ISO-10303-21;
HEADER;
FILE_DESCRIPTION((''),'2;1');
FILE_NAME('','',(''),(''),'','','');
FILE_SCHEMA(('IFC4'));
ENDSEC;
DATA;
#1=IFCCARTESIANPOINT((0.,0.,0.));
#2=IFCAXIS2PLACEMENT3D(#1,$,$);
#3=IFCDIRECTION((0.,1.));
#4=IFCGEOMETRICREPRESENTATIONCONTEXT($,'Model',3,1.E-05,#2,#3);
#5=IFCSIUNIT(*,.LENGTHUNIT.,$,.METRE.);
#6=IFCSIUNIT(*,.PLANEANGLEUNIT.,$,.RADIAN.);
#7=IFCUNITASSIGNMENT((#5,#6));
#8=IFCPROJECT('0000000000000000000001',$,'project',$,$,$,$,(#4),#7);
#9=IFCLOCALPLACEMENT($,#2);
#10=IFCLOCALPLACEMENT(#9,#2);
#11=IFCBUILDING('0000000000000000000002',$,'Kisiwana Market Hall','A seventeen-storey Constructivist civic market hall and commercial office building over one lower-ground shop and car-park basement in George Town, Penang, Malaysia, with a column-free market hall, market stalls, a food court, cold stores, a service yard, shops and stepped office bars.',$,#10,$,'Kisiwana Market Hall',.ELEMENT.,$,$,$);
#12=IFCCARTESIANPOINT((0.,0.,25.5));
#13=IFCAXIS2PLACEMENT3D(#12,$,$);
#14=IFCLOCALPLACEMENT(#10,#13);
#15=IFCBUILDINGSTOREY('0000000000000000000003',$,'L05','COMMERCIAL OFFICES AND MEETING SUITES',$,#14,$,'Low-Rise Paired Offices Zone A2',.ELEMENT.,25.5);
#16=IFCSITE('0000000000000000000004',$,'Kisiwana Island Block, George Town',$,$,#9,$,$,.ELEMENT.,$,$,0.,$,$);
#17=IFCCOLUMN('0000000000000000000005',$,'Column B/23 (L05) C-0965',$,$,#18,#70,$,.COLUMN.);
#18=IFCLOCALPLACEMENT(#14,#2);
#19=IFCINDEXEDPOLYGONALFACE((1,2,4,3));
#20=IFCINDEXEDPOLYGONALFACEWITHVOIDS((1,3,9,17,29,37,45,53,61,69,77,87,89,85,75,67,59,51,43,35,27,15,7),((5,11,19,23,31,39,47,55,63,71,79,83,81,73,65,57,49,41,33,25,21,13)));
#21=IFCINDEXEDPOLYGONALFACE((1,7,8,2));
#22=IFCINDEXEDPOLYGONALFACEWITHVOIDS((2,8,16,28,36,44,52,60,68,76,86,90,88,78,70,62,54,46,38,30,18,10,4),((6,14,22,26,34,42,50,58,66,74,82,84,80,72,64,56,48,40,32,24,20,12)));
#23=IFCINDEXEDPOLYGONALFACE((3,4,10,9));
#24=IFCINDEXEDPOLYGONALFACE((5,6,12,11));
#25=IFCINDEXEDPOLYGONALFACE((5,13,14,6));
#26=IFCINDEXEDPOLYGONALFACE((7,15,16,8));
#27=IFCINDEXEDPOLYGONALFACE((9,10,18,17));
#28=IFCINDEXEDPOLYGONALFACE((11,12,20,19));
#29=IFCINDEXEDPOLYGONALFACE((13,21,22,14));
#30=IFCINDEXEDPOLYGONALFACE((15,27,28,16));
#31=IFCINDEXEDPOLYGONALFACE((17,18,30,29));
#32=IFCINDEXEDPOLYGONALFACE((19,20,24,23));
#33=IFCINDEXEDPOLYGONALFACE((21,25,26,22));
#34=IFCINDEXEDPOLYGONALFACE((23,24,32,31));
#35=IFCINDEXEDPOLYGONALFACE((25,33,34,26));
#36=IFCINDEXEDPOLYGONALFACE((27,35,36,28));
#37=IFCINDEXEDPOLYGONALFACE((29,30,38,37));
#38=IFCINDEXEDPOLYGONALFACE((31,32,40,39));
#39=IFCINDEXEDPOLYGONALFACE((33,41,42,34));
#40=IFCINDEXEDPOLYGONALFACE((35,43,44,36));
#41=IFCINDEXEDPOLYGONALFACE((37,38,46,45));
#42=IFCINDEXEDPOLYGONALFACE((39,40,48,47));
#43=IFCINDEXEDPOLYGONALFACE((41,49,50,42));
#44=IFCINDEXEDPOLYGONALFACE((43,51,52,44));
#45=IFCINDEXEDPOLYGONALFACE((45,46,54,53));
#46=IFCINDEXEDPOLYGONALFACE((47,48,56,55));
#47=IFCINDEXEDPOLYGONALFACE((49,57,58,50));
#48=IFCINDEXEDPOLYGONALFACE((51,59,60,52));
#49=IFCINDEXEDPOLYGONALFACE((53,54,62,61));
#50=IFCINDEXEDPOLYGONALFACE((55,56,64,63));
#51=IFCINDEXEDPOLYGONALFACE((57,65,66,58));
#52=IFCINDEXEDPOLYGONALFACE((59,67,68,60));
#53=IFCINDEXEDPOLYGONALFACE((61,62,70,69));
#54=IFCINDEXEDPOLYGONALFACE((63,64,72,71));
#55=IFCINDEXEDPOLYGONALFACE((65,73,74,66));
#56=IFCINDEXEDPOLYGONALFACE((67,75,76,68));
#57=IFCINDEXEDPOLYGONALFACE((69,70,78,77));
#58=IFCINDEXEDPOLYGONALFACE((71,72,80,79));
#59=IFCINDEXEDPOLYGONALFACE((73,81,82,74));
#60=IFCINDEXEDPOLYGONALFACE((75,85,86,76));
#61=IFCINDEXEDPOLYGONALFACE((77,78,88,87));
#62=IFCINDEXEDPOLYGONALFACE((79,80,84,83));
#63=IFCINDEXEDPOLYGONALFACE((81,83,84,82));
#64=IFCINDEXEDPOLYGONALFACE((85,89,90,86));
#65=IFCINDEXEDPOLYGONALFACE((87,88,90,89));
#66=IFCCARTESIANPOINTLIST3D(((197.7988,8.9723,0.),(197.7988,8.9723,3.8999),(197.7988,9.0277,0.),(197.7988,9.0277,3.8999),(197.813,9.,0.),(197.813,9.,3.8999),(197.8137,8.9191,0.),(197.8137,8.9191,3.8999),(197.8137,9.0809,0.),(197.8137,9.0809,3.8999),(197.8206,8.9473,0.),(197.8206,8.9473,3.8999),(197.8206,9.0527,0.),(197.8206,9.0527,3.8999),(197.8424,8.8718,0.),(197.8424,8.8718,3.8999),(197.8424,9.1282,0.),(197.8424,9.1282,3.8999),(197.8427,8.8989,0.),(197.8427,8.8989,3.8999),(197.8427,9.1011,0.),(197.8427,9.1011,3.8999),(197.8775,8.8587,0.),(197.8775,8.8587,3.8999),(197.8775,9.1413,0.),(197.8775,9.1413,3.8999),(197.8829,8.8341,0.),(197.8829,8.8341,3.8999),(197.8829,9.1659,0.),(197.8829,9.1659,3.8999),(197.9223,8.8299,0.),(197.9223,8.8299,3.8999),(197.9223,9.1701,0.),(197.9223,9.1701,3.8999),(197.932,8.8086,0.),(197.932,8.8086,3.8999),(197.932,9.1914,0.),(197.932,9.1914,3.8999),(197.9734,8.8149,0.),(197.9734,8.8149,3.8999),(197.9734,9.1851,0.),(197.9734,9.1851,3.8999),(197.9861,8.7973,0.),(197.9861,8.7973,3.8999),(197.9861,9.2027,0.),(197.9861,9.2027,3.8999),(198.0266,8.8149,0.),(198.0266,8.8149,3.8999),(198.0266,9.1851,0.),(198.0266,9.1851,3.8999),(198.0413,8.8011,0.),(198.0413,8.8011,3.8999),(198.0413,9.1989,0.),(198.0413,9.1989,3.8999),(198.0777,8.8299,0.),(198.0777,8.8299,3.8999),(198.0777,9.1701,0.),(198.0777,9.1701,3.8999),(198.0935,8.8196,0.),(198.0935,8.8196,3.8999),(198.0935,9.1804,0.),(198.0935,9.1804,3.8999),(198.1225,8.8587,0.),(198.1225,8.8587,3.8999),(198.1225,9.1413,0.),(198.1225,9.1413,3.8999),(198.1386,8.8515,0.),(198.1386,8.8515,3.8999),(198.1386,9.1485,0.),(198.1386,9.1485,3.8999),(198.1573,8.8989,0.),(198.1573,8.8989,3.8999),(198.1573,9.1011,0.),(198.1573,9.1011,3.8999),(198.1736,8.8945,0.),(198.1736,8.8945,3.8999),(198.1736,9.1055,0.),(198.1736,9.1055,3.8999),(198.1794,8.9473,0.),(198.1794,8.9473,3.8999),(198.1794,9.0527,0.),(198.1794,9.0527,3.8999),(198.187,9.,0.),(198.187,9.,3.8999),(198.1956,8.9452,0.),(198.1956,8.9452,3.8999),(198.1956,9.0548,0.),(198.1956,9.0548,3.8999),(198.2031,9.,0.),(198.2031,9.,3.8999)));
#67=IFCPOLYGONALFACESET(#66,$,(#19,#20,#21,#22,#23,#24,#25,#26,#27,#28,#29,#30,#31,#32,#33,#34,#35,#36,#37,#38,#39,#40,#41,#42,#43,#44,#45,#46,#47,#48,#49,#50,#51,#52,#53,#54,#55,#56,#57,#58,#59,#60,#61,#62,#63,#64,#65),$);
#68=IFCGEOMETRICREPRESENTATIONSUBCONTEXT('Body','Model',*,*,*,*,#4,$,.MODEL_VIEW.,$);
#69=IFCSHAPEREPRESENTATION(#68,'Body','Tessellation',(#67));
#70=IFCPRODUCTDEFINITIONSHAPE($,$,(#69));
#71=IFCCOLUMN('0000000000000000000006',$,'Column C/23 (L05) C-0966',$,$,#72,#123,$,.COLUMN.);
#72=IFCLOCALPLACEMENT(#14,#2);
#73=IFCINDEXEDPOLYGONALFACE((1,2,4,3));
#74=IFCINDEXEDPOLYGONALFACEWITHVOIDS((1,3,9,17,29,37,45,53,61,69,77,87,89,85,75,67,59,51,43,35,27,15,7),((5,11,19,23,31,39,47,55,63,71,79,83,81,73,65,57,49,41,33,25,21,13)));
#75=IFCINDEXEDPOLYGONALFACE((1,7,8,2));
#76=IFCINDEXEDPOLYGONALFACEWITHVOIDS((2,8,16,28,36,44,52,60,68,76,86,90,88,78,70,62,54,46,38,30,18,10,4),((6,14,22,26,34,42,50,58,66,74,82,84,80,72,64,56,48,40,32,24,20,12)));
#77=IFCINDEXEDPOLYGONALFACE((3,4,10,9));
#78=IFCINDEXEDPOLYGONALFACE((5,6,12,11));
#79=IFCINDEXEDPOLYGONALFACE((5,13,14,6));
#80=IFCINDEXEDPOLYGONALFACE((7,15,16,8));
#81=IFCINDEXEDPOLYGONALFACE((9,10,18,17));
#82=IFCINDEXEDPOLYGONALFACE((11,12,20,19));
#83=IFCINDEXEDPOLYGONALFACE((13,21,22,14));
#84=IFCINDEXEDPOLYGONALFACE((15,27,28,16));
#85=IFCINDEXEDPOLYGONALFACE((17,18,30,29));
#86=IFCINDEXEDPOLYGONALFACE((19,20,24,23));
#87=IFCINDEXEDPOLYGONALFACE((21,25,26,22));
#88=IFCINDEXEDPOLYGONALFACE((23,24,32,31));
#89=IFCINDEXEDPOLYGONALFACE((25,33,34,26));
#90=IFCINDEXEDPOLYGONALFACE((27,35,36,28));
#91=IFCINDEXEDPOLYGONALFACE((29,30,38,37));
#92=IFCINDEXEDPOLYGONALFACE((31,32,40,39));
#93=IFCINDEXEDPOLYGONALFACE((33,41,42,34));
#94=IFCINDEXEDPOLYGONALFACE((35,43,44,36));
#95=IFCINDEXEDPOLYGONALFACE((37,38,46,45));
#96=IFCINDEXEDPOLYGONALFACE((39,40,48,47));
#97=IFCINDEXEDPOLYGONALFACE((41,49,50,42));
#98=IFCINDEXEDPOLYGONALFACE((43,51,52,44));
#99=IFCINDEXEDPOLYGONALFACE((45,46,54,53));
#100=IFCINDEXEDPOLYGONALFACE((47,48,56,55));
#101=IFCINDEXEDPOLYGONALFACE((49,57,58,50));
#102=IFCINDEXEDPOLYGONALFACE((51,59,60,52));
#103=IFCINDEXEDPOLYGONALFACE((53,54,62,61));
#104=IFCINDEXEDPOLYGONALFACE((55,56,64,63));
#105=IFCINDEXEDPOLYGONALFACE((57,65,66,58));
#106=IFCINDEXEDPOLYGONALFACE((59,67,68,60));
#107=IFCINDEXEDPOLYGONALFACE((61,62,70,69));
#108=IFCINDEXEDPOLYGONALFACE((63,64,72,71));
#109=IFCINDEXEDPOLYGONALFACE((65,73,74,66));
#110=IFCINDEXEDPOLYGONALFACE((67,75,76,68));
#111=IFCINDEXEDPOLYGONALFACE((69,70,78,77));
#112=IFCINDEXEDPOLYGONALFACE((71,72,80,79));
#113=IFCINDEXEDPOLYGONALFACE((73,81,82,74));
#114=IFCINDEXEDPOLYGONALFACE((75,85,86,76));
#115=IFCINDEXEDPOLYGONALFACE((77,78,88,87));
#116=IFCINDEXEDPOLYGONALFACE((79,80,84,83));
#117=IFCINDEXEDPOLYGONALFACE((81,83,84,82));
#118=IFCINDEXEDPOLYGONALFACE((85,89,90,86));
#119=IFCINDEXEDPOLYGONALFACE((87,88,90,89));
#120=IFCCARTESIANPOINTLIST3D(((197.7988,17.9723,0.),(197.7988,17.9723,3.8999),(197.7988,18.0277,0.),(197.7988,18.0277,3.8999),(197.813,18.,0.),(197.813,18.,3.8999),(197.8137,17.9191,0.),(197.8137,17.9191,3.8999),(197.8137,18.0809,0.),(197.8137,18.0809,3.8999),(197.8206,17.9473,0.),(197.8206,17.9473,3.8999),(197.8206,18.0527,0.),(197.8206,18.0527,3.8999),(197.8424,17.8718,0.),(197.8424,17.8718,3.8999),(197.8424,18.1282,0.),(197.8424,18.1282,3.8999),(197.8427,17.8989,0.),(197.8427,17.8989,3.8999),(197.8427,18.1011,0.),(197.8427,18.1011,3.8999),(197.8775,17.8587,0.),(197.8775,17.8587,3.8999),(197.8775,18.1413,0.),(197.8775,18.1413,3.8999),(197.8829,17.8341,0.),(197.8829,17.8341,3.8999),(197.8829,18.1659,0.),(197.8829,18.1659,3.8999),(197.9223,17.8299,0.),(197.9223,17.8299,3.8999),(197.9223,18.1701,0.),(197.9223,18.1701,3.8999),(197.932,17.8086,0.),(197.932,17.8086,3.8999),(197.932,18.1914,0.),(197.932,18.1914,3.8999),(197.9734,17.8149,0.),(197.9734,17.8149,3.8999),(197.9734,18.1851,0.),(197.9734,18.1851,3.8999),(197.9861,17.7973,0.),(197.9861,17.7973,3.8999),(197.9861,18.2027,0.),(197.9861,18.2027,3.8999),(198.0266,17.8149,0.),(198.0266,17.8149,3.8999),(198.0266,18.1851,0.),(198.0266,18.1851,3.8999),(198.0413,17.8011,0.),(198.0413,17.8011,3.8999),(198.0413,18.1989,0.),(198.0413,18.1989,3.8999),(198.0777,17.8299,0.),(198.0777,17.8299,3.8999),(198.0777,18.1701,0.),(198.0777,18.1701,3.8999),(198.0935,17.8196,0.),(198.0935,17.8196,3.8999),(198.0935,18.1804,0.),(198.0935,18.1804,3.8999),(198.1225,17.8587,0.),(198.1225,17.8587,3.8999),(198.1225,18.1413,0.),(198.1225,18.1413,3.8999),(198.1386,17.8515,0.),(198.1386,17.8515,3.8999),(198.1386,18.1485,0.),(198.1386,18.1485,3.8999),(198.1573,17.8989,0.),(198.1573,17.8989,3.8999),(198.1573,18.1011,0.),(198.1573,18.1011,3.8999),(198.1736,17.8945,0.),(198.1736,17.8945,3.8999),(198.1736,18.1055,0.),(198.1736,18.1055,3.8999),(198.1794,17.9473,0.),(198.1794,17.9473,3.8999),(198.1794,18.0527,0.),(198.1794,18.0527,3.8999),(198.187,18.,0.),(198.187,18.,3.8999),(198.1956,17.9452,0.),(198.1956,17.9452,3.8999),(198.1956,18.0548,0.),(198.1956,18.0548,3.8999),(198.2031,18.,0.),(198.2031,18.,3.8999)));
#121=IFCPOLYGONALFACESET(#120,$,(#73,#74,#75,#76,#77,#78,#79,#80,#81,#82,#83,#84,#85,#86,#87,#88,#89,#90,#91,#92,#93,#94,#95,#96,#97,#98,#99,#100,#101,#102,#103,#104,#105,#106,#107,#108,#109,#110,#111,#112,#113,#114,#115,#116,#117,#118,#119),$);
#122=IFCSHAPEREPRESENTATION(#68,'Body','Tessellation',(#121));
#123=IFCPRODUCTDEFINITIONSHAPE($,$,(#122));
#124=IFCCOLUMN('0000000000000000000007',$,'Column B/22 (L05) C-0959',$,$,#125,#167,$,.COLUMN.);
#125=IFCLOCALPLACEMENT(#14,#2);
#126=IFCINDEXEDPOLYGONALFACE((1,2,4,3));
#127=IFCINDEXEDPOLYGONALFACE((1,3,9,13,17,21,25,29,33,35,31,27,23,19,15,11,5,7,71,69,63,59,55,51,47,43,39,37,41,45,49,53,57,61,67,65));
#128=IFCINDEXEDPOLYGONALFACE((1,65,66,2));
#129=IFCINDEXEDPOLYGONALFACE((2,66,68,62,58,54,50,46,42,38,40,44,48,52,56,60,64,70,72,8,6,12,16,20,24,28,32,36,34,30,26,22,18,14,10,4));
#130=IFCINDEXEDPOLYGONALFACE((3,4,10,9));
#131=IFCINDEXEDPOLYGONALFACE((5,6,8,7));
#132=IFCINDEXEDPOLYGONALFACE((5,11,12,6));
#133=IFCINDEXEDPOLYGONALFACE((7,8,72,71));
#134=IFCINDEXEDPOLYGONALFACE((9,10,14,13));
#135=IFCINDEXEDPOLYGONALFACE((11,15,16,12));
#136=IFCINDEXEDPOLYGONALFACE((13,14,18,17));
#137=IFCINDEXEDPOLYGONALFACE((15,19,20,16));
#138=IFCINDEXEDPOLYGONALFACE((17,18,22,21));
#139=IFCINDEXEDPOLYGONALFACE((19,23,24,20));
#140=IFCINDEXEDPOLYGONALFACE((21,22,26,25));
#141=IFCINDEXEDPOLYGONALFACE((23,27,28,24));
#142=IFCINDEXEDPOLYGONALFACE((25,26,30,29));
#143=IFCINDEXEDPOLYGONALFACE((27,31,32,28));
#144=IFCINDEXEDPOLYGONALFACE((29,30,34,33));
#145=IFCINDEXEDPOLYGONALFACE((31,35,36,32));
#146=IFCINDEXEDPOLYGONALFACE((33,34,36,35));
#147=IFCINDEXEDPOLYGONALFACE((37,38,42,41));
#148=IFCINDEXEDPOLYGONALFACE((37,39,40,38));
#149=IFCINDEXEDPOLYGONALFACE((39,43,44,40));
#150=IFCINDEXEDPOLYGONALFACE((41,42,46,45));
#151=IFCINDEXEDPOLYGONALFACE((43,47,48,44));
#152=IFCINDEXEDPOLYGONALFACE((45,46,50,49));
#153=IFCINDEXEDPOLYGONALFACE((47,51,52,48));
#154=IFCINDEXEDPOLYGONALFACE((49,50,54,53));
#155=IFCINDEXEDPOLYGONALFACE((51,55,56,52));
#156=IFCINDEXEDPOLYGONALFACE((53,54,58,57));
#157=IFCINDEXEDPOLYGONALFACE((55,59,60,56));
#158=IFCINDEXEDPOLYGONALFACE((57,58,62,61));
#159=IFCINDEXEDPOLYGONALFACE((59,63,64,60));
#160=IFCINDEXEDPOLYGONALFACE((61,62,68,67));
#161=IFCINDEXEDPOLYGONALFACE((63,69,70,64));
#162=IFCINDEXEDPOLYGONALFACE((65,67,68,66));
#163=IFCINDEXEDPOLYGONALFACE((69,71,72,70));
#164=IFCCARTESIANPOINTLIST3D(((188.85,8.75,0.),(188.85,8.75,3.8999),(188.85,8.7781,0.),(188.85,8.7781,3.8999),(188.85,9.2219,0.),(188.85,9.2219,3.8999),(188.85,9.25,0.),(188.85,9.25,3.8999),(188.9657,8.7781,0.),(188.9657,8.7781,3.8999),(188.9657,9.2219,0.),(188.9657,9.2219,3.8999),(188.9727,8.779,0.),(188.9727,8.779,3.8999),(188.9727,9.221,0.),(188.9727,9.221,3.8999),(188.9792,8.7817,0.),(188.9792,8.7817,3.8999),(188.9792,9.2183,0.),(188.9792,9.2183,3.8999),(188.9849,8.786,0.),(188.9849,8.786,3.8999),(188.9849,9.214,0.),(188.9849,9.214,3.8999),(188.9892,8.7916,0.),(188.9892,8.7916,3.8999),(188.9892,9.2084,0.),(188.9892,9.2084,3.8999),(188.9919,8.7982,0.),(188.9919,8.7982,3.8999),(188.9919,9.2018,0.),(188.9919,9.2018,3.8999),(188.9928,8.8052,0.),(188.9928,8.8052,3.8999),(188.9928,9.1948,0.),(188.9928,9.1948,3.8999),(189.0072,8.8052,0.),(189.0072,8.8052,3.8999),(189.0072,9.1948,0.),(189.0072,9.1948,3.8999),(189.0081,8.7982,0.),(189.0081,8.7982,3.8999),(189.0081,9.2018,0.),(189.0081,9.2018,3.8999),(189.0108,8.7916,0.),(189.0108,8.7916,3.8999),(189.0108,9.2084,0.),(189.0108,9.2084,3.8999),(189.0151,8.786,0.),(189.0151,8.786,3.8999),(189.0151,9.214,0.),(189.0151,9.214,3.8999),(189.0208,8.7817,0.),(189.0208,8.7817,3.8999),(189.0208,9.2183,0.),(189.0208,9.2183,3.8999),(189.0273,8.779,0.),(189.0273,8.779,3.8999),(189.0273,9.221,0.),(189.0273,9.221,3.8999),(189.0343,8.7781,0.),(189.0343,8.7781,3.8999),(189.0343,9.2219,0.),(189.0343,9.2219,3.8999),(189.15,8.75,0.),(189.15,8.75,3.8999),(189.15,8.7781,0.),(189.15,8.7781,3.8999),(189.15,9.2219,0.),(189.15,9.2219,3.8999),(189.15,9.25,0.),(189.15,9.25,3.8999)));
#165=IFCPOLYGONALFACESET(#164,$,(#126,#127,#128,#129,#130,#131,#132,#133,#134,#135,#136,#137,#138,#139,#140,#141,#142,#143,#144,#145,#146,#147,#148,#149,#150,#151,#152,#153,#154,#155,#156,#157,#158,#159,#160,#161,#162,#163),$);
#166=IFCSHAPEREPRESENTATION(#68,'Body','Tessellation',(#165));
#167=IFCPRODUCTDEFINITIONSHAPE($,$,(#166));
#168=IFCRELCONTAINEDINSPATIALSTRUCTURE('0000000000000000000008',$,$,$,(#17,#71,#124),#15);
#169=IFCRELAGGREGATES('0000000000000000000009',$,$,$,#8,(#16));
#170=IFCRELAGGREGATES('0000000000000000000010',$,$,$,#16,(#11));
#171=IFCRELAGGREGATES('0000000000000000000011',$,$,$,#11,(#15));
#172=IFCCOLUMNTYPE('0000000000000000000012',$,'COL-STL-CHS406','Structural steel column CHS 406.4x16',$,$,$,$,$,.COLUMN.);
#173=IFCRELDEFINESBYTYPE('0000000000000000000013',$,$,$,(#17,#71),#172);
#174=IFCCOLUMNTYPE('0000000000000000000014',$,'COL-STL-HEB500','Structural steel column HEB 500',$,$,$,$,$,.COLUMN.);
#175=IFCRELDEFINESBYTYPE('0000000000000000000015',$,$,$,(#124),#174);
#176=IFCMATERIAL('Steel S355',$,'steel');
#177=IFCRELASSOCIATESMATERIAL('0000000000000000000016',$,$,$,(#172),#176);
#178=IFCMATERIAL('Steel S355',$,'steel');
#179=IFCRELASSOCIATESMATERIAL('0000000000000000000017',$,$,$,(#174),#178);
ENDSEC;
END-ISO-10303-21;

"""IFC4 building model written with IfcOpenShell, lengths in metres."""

from ifc_helpers import new_model, si_unit, direction, frame, origin, origin_2d, place, context, subcontext, project, spatial, hollow_circle, i_section, extrude, material, material_profile, profile_set, type_object, element, save


model = new_model("IFC4")

# Units and contexts
model_context = context("Model", 3, precision=1e-05, world=origin(), true_north=direction((0.0, 1.0)))
body_context = subcontext(model_context, "Body", "Model", "MODEL_VIEW")
ifc_project = project(units=[si_unit("LENGTHUNIT", "METRE"), si_unit("PLANEANGLEUNIT", "RADIAN")], contexts=[model_context])

# Site, building, storey
site_placement = place(None, origin())
site = spatial("IfcSite", under=ifc_project, at=site_placement, Name="Kisiwana Island Block, George Town", CompositionType="ELEMENT", RefElevation=0.0)
building_placement = place(site_placement, origin())
building = spatial("IfcBuilding", under=site, at=building_placement, Name="Kisiwana Market Hall", Description="A seventeen-storey Constructivist civic market hall and commercial office building over one lower-ground shop and car-park basement in George Town, Penang, Malaysia, with a column-free market hall, market stalls, a food court, cold stores, a service yard, shops and stepped office bars.", LongName="Kisiwana Market Hall", CompositionType="ELEMENT")
storey_placement = place(building_placement, frame((0.0, 0.0, 25.5)))
storey = spatial("IfcBuildingStorey", under=building, at=storey_placement, Name="L05", Description="COMMERCIAL OFFICES AND MEETING SUITES", LongName="Low-Rise Paired Offices Zone A2", CompositionType="ELEMENT", Elevation=25.5)

# Columns
ifc_material_1 = material(Name="Steel S355", Category="steel")
ifc_material_profile_1 = material_profile(ifc_material_1, hollow_circle(Radius=0.2031, WallThickness=0.0161, at=origin_2d()), Name="CHS 406.4x16")
ifc_profile_set_1 = profile_set([ifc_material_profile_1], Name="Steel S355")
column_type_1 = type_object("IfcColumnType", Name="COL-STL-CHS406", Description="Structural steel column CHS 406.4x16", PredefinedType="COLUMN", material=ifc_profile_set_1)
for number, where, z_axis, x_axis, name in (
    (1, (198.0, 9.0, 0.0), (0.0, 0.0, 1.0), (1.0, 0.0, 0.0), "Column B/23 (L05) C-0965"),
    (2, (198.0, 18.0, 0.0), (0.0, 0.0, 1.0), (1.0, 0.0, 0.0), "Column C/23 (L05) C-0966"),
):
    element("IfcColumn", number, at=place(storey_placement, frame(where, z_axis=z_axis, x_axis=x_axis)), inside=storey, type_object=column_type_1, Name=name, PredefinedType="COLUMN", context=body_context, shape_type="SweptSolid", body=[
        extrude(hollow_circle(Radius=0.2031, WallThickness=0.0161, at=origin_2d()), origin(), (0.0, 0.0, 1.0), 3.8999),
    ])
ifc_material_2 = material(Name="Steel S355", Category="steel")
ifc_material_profile_2 = material_profile(ifc_material_2, i_section(OverallWidth=0.3, OverallDepth=0.5, WebThickness=0.0144, FlangeThickness=0.0281, FilletRadius=0.0271, at=origin_2d()), Name="HEB 500")
ifc_profile_set_2 = profile_set([ifc_material_profile_2], Name="Steel S355")
column_type_2 = type_object("IfcColumnType", Name="COL-STL-HEB500", Description="Structural steel column HEB 500", PredefinedType="COLUMN", material=ifc_profile_set_2)
for number, where, z_axis, x_axis, name in (
    (3, (189.0, 9.0, 0.0), (0.0, 0.0, 1.0), (1.0, 0.0, 0.0), "Column B/22 (L05) C-0959"),
):
    element("IfcColumn", number, at=place(storey_placement, frame(where, z_axis=z_axis, x_axis=x_axis)), inside=storey, type_object=column_type_2, Name=name, PredefinedType="COLUMN", context=body_context, shape_type="SweptSolid", body=[
        extrude(i_section(OverallWidth=0.3, OverallDepth=0.5, WebThickness=0.0144, FlangeThickness=0.0281, FilletRadius=0.0271, at=origin_2d()), origin(), (0.0, 0.0, 1.0), 3.8999),
    ])

save(model, "model.ifc")
